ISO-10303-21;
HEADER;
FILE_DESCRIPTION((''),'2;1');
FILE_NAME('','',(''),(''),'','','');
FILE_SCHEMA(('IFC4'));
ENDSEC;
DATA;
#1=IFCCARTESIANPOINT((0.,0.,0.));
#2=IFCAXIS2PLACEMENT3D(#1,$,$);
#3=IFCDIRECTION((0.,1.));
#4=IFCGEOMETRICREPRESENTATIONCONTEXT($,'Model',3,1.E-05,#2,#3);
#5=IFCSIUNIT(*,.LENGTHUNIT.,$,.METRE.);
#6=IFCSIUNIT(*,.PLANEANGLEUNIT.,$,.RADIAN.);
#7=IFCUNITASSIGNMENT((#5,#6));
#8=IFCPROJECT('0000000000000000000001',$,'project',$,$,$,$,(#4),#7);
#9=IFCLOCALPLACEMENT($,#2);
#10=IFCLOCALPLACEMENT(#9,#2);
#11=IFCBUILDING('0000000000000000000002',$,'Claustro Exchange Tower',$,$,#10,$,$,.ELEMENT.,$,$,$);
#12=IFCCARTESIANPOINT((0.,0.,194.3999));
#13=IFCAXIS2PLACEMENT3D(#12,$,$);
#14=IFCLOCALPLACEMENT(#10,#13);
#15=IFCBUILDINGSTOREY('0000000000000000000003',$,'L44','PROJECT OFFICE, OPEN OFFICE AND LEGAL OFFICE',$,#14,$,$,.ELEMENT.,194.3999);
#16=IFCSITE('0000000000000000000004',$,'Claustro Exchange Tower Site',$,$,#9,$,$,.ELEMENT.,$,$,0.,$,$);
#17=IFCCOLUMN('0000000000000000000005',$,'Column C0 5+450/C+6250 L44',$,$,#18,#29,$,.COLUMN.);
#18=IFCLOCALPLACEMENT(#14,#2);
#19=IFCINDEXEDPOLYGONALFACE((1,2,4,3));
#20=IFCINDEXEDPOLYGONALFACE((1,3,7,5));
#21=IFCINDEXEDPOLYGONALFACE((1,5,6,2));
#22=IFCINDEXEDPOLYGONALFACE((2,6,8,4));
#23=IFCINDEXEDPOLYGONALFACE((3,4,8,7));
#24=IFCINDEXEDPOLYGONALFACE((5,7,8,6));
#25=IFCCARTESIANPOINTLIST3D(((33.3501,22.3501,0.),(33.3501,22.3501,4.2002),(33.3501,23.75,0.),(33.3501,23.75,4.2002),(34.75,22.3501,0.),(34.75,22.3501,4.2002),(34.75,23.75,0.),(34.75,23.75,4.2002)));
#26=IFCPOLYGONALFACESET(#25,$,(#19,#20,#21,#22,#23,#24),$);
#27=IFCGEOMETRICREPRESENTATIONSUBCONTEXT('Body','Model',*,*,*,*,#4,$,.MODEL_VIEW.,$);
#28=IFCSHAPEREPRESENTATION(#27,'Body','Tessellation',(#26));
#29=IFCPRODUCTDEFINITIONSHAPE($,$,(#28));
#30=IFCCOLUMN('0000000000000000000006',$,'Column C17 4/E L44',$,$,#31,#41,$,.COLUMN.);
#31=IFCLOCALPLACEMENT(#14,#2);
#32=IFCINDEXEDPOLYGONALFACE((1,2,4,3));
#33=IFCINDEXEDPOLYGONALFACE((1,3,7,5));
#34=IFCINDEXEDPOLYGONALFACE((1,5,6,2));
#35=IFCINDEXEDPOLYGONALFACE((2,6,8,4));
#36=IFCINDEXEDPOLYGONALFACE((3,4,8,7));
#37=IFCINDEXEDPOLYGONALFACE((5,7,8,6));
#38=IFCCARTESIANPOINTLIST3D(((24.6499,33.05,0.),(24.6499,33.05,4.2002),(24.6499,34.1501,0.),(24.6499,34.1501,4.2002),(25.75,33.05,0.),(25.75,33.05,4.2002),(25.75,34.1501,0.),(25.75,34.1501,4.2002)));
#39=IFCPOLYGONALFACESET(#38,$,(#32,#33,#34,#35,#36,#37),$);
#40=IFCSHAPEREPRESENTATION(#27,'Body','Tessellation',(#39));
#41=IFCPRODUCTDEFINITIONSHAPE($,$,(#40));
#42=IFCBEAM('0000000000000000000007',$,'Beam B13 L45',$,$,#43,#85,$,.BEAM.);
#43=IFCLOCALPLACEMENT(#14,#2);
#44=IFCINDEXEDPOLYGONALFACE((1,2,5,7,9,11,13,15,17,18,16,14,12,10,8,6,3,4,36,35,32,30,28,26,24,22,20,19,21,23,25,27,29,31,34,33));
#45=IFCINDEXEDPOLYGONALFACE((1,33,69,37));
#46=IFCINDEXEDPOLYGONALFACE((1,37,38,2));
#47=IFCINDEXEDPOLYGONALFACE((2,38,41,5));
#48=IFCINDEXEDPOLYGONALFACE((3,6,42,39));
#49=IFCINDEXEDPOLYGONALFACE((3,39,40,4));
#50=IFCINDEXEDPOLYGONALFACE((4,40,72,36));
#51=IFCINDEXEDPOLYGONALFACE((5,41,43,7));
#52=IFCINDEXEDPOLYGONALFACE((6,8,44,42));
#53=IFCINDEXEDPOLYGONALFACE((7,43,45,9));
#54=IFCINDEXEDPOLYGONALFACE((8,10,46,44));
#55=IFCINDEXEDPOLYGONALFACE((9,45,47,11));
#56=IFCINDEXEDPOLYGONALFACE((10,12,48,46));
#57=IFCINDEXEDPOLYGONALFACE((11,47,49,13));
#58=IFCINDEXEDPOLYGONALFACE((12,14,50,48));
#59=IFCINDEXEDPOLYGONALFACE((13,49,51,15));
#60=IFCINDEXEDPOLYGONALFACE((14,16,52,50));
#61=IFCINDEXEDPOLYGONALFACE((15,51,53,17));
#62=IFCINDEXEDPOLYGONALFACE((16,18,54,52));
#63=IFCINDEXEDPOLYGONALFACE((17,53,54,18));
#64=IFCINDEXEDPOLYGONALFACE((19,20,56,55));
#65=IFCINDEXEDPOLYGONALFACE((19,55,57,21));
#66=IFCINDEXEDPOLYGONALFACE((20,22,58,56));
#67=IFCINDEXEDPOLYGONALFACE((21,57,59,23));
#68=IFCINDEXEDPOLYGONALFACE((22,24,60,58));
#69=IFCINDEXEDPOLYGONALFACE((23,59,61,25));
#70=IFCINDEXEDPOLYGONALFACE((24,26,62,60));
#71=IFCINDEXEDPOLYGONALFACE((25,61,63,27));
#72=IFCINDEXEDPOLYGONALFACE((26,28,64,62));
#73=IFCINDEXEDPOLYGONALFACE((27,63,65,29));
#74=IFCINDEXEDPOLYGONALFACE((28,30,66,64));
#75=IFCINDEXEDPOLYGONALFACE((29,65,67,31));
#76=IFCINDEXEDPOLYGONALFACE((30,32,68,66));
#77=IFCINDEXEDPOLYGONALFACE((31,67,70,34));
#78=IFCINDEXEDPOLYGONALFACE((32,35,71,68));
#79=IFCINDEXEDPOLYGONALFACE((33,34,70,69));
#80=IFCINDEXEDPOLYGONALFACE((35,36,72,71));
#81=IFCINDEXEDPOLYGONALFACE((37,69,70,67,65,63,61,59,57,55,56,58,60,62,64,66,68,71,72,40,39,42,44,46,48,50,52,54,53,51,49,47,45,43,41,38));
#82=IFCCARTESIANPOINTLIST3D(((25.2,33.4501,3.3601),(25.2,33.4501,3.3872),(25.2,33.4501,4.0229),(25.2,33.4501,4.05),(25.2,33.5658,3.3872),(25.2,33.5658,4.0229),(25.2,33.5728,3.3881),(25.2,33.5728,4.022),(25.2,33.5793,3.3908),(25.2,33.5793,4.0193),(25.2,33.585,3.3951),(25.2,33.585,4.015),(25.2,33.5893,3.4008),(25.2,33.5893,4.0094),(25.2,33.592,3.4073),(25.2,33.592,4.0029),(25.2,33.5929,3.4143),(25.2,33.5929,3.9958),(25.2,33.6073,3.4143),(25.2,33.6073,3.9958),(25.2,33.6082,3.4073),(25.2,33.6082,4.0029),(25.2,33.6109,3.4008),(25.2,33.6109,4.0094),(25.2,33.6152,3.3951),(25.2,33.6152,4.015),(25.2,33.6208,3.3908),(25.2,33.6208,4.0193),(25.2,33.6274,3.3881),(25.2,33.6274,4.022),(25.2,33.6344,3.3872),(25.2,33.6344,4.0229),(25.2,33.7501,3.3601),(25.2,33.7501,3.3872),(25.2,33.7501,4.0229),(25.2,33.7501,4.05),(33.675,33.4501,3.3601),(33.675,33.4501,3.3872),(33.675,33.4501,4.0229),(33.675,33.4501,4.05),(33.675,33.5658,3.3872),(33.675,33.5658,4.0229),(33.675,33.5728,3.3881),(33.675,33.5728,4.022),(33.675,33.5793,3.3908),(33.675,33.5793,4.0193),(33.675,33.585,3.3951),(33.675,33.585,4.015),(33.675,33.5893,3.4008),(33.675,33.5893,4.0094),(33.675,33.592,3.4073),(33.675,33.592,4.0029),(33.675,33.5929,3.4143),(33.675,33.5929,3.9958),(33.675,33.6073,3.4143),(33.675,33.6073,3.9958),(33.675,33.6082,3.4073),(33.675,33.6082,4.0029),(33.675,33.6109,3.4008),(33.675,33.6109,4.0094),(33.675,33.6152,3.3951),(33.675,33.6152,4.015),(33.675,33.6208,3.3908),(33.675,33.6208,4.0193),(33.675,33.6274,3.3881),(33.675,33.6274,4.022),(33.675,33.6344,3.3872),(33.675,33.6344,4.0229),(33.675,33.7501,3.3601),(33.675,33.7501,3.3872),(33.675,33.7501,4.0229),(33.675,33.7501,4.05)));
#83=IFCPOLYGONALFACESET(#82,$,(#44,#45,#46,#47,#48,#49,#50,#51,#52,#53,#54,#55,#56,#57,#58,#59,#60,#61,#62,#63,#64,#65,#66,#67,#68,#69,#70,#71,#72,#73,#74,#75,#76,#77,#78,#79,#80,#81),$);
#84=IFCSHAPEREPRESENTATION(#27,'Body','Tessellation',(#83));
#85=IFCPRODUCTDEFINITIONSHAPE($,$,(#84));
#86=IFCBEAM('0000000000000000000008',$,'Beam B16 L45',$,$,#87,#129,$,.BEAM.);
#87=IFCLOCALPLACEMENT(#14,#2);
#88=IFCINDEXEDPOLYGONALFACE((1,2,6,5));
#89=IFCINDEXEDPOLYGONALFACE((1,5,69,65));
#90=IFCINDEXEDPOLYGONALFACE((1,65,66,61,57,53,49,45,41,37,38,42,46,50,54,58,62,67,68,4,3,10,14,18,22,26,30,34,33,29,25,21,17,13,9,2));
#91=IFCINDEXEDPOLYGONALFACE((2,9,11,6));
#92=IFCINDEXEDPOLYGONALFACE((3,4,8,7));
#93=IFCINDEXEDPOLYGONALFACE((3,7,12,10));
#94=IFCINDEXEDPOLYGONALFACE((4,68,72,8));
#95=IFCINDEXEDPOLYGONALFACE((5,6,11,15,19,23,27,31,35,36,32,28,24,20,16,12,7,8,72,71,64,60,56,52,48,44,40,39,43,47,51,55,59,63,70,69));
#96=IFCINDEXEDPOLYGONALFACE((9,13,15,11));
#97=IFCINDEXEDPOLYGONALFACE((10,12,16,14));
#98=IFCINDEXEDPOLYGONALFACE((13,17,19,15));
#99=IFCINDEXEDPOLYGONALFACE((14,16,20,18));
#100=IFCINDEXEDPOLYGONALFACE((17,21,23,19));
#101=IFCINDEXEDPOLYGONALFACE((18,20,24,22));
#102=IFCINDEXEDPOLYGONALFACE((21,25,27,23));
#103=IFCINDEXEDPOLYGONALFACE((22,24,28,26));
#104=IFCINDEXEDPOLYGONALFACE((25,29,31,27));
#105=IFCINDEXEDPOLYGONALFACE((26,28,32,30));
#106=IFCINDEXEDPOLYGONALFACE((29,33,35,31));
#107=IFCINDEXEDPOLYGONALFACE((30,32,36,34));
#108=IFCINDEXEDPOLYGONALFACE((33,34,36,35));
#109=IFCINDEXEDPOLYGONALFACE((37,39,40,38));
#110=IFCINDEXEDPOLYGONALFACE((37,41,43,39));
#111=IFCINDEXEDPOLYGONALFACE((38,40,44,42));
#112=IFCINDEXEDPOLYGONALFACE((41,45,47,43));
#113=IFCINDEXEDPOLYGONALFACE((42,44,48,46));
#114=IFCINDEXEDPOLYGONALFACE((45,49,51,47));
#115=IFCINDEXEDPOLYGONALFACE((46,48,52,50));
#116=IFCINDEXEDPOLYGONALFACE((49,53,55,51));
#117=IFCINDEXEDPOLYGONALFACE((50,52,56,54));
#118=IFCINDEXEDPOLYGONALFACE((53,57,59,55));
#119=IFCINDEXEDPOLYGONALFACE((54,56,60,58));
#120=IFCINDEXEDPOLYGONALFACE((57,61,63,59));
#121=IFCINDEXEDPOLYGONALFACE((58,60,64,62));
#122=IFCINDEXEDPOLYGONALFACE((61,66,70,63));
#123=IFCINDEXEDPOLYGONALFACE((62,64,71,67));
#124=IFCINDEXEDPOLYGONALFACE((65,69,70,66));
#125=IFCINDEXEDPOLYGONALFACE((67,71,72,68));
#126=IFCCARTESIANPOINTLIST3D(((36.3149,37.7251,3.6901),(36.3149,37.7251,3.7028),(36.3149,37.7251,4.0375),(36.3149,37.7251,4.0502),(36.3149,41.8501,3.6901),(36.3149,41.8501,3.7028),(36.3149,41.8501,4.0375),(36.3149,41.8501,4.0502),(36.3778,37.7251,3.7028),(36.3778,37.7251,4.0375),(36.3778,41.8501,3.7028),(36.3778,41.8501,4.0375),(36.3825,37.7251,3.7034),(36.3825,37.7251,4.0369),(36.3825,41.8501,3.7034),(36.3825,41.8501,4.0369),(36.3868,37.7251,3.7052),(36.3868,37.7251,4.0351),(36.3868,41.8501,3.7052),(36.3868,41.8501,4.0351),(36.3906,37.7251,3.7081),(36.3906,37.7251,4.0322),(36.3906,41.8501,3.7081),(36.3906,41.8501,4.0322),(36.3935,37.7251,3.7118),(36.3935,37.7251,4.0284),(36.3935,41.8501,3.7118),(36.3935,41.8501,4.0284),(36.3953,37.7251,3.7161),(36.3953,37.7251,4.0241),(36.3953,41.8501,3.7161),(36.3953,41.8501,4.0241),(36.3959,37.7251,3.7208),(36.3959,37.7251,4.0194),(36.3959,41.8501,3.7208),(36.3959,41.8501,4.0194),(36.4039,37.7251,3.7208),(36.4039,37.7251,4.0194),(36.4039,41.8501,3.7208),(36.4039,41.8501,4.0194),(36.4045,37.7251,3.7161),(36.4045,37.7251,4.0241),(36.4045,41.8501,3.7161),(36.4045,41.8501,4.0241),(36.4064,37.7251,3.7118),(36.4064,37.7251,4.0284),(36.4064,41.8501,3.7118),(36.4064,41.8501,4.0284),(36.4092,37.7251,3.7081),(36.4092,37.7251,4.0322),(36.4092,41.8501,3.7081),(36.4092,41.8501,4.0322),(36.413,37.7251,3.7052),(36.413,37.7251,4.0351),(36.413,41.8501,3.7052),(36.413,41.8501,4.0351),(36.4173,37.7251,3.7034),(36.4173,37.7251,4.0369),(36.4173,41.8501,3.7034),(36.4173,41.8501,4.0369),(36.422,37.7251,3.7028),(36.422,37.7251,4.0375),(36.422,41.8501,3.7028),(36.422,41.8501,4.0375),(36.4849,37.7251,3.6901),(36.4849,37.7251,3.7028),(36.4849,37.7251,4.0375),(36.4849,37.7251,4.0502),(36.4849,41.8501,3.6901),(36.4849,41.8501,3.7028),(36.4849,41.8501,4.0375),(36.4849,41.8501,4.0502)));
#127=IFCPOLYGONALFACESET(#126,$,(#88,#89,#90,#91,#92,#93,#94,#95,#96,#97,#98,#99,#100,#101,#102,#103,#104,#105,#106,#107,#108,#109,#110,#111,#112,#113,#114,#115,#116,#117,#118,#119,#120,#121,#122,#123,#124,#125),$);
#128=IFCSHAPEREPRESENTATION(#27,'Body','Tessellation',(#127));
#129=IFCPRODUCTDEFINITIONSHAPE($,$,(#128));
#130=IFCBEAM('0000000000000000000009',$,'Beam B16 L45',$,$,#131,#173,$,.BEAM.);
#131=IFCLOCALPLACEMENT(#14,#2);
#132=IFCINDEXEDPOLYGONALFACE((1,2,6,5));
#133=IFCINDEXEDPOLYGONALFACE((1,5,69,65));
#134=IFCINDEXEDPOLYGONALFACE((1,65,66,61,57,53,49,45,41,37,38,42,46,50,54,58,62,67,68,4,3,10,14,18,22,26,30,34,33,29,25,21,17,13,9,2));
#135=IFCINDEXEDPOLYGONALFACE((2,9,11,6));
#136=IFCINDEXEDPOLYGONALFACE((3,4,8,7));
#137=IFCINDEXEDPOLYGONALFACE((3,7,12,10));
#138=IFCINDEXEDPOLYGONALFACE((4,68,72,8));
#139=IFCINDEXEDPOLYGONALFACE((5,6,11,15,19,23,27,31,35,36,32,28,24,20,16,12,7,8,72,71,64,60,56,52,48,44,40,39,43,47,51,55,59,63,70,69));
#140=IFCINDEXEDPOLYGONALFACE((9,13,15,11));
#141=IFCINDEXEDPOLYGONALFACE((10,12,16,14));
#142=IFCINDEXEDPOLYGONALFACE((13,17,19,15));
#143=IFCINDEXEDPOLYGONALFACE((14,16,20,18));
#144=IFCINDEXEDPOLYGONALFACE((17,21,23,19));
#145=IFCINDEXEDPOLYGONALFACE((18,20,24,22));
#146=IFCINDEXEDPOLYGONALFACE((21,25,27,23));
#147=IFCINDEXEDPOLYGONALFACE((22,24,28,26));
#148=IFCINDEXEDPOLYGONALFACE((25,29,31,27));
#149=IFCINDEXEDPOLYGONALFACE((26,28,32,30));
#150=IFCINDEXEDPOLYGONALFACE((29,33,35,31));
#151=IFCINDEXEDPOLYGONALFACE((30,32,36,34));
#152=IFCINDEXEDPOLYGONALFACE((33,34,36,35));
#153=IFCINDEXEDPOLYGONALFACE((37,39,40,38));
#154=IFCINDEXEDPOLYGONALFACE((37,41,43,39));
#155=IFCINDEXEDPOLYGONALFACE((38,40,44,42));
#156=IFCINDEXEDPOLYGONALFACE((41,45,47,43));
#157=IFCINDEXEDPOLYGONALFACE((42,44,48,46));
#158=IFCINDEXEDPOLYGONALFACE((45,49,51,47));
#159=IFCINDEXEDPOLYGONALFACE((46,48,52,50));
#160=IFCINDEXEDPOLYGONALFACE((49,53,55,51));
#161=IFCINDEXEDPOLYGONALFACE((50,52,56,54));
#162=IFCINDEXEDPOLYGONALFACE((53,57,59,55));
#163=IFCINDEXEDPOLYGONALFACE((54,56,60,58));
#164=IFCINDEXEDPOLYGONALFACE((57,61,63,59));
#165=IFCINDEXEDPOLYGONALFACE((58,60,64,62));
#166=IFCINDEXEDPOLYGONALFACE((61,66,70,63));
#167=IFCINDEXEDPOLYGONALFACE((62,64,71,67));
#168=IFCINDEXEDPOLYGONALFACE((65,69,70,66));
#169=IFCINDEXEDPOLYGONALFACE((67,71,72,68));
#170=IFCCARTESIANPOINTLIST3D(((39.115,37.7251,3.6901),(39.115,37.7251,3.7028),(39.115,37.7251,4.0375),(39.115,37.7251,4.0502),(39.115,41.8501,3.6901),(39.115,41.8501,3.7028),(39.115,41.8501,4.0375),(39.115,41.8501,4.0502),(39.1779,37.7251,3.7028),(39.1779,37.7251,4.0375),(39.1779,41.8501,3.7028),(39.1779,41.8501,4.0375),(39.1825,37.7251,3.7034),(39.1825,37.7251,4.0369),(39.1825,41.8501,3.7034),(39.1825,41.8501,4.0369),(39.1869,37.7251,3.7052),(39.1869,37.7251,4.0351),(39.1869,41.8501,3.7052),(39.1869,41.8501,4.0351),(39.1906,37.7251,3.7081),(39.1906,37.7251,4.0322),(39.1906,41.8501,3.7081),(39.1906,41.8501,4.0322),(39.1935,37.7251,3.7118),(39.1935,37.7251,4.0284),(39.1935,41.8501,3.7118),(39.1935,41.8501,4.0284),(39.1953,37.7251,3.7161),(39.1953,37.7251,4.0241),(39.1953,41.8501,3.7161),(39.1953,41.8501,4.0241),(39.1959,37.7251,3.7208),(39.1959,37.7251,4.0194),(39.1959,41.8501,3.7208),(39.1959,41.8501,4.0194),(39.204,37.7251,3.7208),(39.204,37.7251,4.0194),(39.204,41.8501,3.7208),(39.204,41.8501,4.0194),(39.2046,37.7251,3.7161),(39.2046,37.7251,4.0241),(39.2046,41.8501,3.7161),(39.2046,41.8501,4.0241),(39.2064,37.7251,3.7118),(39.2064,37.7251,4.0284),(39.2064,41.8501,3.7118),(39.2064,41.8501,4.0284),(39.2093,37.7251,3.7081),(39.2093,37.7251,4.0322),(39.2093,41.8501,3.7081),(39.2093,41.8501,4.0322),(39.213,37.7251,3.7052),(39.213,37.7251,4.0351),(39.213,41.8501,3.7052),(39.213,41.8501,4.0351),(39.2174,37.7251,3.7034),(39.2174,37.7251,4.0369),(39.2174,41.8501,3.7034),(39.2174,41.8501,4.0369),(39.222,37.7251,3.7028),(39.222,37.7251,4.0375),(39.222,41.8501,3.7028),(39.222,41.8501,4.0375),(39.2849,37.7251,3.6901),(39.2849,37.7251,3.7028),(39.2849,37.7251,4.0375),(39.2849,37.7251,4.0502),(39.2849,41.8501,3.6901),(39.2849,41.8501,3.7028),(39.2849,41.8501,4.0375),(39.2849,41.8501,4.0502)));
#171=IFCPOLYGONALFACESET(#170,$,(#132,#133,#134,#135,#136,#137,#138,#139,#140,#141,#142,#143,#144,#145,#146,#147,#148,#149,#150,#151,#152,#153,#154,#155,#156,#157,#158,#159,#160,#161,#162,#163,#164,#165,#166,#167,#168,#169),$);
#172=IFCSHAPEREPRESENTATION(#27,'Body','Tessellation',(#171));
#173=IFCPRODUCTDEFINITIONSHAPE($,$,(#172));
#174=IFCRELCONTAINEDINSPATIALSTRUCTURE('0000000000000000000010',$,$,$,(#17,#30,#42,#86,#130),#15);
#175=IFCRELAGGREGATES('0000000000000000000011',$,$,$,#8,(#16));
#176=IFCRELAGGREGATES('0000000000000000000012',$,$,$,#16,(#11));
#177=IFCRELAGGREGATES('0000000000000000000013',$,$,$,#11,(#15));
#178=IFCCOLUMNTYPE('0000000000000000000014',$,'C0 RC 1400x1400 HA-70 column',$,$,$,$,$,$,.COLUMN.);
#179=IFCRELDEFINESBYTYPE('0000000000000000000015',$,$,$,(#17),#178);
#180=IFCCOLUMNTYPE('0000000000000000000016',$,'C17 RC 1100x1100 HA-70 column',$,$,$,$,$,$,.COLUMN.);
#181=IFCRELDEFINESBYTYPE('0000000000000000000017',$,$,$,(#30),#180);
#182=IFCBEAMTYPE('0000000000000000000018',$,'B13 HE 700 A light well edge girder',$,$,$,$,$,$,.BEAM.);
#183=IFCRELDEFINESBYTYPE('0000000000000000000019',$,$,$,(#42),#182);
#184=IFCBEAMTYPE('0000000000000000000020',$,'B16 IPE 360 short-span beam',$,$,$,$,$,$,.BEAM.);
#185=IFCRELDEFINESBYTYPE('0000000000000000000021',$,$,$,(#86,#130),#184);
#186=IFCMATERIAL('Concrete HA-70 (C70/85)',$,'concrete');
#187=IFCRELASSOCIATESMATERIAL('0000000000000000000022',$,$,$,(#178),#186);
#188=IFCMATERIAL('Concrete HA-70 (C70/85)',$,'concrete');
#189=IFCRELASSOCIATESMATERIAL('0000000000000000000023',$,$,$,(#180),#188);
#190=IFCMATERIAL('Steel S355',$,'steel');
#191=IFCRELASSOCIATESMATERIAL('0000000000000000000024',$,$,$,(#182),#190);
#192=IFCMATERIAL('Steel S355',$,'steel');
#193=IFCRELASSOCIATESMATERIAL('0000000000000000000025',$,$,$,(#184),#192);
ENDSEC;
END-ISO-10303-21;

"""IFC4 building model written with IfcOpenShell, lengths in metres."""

from ifc_helpers import new_model, si_unit, direction, frame, origin, origin_2d, place, context, subcontext, project, spatial, rectangle, i_section, extrude, material, material_profile, profile_set, type_object, element, save


model = new_model("IFC4")

# Units and contexts
model_context = context("Model", 3, precision=1e-05, world=origin(), true_north=direction((0.0, 1.0)))
body_context = subcontext(model_context, "Body", "Model", "MODEL_VIEW")
ifc_project = project(units=[si_unit("LENGTHUNIT", "METRE"), si_unit("PLANEANGLEUNIT", "RADIAN")], contexts=[model_context])

# Site, building, storey
site_placement = place(None, origin())
site = spatial("IfcSite", under=ifc_project, at=site_placement, Name="Claustro Exchange Tower Site", CompositionType="ELEMENT", RefElevation=0.0)
building_placement = place(site_placement, origin())
building = spatial("IfcBuilding", under=site, at=building_placement, Name="Claustro Exchange Tower", CompositionType="ELEMENT")
storey_placement = place(building_placement, frame((0.0, 0.0, 194.3999)))
storey = spatial("IfcBuildingStorey", under=building, at=storey_placement, Name="L44", Description="PROJECT OFFICE, OPEN OFFICE AND LEGAL OFFICE", CompositionType="ELEMENT", Elevation=194.3999)

# Columns
ifc_material_1 = material(Name="Concrete HA-70 (C70/85)", Category="concrete")
ifc_material_profile_1 = material_profile(ifc_material_1, rectangle(XDim=1.3999, YDim=1.3999, at=origin_2d()), Name="RC 1400x1400")
ifc_profile_set_1 = profile_set([ifc_material_profile_1], Name="Concrete HA-70 (C70/85)")
column_type_1 = type_object("IfcColumnType", Name="C0 RC 1400x1400 HA-70 column", PredefinedType="COLUMN", material=ifc_profile_set_1)
column_1_placement = place(storey_placement, frame((34.05, 23.05, 0.0), z_axis=(0.0, 0.0, 1.0), x_axis=(1.0, 0.0, 0.0)))
element("IfcColumn", 1, at=column_1_placement, inside=storey, type_object=column_type_1, Name="Column C0 5+450/C+6250 L44", PredefinedType="COLUMN", context=body_context, shape_type="SweptSolid", body=[
    extrude(rectangle(XDim=1.3999, YDim=1.3999, at=origin_2d()), origin(), (0.0, 0.0, 1.0), 4.2002),
])
ifc_material_2 = material(Name="Concrete HA-70 (C70/85)", Category="concrete")
ifc_material_profile_2 = material_profile(ifc_material_2, rectangle(XDim=1.1001, YDim=1.1001, at=origin_2d()), Name="RC 1100x1100")
ifc_profile_set_2 = profile_set([ifc_material_profile_2], Name="Concrete HA-70 (C70/85)")
column_type_2 = type_object("IfcColumnType", Name="C17 RC 1100x1100 HA-70 column", PredefinedType="COLUMN", material=ifc_profile_set_2)
column_2_placement = place(storey_placement, frame((25.2, 33.6001, 0.0), z_axis=(0.0, 0.0, 1.0), x_axis=(1.0, 0.0, 0.0)))
element("IfcColumn", 2, at=column_2_placement, inside=storey, type_object=column_type_2, Name="Column C17 4/E L44", PredefinedType="COLUMN", context=body_context, shape_type="SweptSolid", body=[
    extrude(rectangle(XDim=1.1001, YDim=1.1001, at=origin_2d()), origin(), (0.0, 0.0, 1.0), 4.2002),
])

# Beams
ifc_material_3 = material(Name="Steel S355", Category="steel")
ifc_material_profile_3 = material_profile(ifc_material_3, i_section(OverallWidth=0.3, OverallDepth=0.6899, WebThickness=0.0144, FlangeThickness=0.0271, FilletRadius=0.0271, at=origin_2d()), Name="HE 700 A")
ifc_profile_set_3 = profile_set([ifc_material_profile_3], Name="Steel S355")
beam_type_1 = type_object("IfcBeamType", Name="B13 HE 700 A light well edge girder", PredefinedType="BEAM", material=ifc_profile_set_3)
beam_1_placement = place(storey_placement, frame((25.2, 33.6001, 3.7051), z_axis=(1.0, 0.0, 0.0), x_axis=(0.0, 1.0, 0.0)))
element("IfcBeam", 3, at=beam_1_placement, inside=storey, type_object=beam_type_1, Name="Beam B13 L45", PredefinedType="BEAM", context=body_context, shape_type="SweptSolid", body=[
    extrude(i_section(OverallWidth=0.3, OverallDepth=0.6899, WebThickness=0.0144, FlangeThickness=0.0271, FilletRadius=0.0271, at=origin_2d()), origin(), (0.0, 0.0, 1.0), 8.4751),
])
ifc_material_4 = material(Name="Steel S355", Category="steel")
ifc_material_profile_4 = material_profile(ifc_material_4, i_section(OverallWidth=0.1699, OverallDepth=0.3601, WebThickness=0.0081, FlangeThickness=0.0127, FilletRadius=0.0181, at=origin_2d()), Name="IPE 360")
ifc_profile_set_4 = profile_set([ifc_material_profile_4], Name="Steel S355")
beam_type_2 = type_object("IfcBeamType", Name="B16 IPE 360 short-span beam", PredefinedType="BEAM", material=ifc_profile_set_4)
for number, where, z_axis, x_axis, name in (
    (4, (36.3999, 37.7251, 3.8701), (0.0, 1.0, 0.0), (-1.0, 0.0, 0.0), "Beam B16 L45"),
    (5, (39.2, 37.7251, 3.8701), (0.0, 1.0, 0.0), (-1.0, 0.0, 0.0), "Beam B16 L45"),
):
    element("IfcBeam", number, at=place(storey_placement, frame(where, z_axis=z_axis, x_axis=x_axis)), inside=storey, type_object=beam_type_2, Name=name, PredefinedType="BEAM", context=body_context, shape_type="SweptSolid", body=[
        extrude(i_section(OverallWidth=0.1699, OverallDepth=0.3601, WebThickness=0.0081, FlangeThickness=0.0127, FilletRadius=0.0181, at=origin_2d()), origin(), (0.0, 0.0, 1.0), 4.125),
    ])

save(model, "model.ifc")
